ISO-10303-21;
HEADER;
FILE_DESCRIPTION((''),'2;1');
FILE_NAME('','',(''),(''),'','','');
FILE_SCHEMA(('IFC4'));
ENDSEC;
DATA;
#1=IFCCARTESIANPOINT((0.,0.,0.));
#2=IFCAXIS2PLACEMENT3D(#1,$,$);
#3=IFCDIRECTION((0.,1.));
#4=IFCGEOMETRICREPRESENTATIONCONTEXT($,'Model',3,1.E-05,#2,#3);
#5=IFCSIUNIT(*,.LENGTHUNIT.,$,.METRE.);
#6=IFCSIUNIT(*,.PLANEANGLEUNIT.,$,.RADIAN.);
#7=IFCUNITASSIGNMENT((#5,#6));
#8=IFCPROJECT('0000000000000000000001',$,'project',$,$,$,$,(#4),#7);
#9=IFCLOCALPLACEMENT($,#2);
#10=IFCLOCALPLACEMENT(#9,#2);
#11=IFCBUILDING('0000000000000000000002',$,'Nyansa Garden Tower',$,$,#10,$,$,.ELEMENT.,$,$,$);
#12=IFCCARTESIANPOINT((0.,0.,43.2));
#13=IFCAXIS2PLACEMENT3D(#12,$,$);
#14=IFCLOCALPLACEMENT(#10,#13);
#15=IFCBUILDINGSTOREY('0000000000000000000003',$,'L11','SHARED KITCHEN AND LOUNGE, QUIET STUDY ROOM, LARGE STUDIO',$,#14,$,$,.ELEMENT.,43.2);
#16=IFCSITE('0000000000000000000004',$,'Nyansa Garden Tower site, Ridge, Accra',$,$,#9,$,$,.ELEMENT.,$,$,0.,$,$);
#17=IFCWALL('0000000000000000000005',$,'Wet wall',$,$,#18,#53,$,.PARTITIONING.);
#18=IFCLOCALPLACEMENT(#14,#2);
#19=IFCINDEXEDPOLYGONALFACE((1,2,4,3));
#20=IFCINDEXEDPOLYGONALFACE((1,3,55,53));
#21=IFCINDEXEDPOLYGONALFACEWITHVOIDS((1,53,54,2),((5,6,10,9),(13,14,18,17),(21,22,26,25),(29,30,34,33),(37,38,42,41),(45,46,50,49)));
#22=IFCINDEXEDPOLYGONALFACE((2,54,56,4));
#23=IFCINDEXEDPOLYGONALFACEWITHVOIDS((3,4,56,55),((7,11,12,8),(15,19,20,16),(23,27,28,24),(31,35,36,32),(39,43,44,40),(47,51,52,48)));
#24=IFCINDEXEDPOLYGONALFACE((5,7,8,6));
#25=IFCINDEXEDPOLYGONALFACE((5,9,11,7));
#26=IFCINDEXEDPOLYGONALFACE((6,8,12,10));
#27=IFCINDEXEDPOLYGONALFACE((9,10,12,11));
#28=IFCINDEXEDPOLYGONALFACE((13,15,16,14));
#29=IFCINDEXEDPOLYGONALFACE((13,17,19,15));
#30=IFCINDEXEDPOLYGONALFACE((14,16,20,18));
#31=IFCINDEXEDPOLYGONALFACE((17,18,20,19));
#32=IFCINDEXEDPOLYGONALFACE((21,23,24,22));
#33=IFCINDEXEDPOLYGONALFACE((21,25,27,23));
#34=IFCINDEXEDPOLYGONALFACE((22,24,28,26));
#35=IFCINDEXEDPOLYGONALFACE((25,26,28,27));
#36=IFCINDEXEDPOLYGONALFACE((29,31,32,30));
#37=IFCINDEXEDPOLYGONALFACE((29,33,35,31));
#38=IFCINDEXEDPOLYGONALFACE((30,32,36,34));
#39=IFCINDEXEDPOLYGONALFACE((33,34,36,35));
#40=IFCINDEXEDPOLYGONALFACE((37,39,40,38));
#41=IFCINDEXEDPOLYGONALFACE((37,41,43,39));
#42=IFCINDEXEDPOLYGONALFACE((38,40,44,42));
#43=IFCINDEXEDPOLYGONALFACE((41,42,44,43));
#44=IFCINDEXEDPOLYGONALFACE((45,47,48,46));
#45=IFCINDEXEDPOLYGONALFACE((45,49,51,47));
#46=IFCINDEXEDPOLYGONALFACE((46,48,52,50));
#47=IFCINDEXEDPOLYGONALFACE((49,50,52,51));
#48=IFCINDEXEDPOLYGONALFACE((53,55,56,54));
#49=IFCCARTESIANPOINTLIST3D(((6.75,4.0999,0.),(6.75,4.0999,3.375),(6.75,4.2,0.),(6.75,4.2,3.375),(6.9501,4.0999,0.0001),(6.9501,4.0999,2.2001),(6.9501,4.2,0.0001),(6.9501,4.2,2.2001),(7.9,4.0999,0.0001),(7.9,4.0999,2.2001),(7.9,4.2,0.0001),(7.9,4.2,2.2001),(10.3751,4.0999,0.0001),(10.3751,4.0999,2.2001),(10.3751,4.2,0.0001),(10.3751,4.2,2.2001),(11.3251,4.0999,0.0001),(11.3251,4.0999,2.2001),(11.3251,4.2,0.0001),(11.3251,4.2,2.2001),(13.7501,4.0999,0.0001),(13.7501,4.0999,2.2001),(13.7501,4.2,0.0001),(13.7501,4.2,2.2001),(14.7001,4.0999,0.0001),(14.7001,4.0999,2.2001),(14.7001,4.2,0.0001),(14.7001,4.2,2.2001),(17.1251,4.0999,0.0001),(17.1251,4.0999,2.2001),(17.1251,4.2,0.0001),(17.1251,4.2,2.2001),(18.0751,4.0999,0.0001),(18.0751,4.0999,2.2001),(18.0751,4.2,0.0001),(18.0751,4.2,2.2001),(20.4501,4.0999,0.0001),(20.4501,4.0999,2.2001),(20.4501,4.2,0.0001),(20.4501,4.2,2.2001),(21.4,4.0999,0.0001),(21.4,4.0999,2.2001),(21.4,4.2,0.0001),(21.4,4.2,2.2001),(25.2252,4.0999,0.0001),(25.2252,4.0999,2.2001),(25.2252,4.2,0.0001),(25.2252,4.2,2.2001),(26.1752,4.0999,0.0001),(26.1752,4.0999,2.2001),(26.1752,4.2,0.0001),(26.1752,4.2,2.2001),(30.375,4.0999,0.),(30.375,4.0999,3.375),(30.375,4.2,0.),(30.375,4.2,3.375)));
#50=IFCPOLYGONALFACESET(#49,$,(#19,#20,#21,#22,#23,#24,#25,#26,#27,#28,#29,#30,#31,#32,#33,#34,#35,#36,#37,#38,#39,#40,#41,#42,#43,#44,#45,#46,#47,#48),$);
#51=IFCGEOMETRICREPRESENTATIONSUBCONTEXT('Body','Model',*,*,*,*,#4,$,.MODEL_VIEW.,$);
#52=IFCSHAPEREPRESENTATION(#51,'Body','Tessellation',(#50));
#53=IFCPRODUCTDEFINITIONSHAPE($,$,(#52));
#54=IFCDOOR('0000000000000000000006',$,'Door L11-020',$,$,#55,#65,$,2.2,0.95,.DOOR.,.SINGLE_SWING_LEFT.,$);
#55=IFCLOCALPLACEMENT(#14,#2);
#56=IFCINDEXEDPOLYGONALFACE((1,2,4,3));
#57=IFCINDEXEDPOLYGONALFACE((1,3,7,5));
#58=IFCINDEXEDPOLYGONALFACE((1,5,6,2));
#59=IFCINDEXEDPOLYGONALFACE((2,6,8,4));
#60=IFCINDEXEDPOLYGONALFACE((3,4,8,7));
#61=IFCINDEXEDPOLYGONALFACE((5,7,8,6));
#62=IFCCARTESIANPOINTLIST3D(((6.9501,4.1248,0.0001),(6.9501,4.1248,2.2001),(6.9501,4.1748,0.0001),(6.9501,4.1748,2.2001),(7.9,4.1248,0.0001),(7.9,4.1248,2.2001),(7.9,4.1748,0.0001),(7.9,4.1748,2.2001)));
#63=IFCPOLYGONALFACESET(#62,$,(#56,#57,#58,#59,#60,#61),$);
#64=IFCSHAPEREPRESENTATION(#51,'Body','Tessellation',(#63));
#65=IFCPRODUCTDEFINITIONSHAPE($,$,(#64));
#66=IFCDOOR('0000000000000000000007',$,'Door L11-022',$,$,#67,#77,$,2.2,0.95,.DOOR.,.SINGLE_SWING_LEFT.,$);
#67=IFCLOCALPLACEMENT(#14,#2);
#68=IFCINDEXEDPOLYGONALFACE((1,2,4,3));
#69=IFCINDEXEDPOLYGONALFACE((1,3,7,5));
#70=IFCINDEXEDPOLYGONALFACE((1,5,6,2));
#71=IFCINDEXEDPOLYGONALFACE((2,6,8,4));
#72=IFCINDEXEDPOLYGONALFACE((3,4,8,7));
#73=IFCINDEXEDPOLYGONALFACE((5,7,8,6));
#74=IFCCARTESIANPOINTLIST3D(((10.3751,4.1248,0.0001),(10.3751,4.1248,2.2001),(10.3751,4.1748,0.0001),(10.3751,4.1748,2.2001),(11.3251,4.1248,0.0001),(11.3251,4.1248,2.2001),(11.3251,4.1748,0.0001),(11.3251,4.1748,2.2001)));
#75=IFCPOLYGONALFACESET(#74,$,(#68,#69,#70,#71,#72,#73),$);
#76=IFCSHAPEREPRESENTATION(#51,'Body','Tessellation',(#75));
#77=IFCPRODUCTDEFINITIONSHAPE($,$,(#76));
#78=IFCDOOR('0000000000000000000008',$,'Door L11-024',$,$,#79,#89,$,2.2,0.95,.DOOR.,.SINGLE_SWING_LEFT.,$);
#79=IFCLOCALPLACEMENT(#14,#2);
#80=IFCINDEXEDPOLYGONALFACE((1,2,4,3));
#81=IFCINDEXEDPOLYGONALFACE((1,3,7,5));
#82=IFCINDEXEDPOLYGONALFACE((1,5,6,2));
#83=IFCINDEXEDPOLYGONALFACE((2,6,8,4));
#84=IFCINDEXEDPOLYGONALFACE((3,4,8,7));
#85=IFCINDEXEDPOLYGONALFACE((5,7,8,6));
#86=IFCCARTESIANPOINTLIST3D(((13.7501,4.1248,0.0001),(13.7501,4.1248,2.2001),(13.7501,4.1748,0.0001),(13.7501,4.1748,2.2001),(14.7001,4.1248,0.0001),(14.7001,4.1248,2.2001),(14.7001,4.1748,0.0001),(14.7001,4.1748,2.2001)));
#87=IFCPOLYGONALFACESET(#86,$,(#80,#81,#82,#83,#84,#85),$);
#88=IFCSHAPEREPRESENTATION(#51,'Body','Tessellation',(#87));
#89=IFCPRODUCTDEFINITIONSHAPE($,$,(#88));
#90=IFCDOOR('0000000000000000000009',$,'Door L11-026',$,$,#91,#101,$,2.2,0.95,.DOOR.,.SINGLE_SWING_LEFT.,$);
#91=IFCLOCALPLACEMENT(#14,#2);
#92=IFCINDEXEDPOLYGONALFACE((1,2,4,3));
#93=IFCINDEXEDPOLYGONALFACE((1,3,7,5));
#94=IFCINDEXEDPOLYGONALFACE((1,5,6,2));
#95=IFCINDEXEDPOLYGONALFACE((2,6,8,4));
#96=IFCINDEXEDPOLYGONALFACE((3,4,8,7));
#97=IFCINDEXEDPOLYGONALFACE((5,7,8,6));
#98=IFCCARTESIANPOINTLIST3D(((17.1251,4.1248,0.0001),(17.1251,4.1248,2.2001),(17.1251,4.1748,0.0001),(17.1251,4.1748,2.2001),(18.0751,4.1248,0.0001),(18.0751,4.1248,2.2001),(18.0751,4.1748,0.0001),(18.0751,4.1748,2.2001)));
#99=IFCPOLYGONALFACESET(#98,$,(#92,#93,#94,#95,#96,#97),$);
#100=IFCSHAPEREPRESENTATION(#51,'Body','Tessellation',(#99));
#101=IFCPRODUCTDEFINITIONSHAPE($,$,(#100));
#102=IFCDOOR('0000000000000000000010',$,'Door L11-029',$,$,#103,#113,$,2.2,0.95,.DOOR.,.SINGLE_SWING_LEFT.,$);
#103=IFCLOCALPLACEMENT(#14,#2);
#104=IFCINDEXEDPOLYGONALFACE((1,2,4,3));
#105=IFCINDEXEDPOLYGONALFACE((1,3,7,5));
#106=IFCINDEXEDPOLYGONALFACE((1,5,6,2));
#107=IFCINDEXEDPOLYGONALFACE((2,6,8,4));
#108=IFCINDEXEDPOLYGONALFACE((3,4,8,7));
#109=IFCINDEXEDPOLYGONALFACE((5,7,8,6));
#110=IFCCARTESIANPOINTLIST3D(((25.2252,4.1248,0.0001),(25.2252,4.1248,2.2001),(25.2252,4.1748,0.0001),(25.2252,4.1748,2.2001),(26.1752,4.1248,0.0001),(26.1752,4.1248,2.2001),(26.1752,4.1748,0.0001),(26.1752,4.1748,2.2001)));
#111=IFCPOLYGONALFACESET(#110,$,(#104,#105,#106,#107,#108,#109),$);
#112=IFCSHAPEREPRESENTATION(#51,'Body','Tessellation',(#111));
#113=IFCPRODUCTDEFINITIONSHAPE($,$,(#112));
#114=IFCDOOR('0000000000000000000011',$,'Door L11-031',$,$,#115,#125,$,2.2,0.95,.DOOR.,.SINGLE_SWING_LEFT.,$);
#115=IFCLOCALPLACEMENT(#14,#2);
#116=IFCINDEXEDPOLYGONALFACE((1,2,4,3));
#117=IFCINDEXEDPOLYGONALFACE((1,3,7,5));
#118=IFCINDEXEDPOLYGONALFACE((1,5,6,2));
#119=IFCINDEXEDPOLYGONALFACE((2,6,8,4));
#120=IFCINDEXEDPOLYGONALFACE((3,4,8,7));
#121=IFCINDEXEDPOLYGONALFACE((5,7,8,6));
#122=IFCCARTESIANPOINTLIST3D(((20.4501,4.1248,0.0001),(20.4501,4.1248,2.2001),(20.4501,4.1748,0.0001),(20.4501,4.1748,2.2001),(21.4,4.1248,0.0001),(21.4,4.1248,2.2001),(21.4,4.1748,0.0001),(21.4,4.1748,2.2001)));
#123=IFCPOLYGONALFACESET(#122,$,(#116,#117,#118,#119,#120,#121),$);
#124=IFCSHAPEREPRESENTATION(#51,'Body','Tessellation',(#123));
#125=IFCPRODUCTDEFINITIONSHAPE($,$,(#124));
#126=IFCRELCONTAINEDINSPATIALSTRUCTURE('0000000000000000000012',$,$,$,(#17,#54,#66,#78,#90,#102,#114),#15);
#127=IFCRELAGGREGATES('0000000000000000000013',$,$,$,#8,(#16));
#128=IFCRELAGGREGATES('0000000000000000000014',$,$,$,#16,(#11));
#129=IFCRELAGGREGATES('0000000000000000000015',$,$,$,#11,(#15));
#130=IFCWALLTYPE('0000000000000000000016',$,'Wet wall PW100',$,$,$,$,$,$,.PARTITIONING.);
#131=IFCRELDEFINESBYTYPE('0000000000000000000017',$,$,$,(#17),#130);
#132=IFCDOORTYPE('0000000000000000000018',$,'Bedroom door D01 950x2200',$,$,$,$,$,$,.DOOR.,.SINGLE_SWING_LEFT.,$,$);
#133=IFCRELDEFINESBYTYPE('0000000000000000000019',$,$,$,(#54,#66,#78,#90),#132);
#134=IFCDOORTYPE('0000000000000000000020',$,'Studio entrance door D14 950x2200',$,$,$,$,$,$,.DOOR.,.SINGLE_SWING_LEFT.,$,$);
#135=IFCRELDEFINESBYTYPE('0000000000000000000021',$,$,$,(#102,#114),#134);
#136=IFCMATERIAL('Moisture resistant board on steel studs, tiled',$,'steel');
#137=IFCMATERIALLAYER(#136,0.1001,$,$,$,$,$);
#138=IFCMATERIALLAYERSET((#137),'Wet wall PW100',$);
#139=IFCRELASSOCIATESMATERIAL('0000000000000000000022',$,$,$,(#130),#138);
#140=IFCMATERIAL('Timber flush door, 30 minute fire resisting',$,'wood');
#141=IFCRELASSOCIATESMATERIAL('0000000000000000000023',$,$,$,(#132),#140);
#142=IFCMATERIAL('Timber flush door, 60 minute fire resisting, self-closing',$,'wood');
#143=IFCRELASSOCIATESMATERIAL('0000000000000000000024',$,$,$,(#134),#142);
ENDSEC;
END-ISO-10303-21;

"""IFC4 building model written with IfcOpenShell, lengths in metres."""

from ifc_helpers import new_model, si_unit, direction, frame, frame_2d, origin, place, context, subcontext, project, spatial, rectangle, extrude, material, layer, layer_set, type_object, element, fill, save


model = new_model("IFC4")

# Units and contexts
model_context = context("Model", 3, precision=1e-05, world=origin(), true_north=direction((0.0, 1.0)))
body_context = subcontext(model_context, "Body", "Model", "MODEL_VIEW")
ifc_project = project(units=[si_unit("LENGTHUNIT", "METRE"), si_unit("PLANEANGLEUNIT", "RADIAN")], contexts=[model_context])

# Site, building, storey
site_placement = place(None, origin())
site = spatial("IfcSite", under=ifc_project, at=site_placement, Name="Nyansa Garden Tower site, Ridge, Accra", CompositionType="ELEMENT", RefElevation=0.0)
building_placement = place(site_placement, origin())
building = spatial("IfcBuilding", under=site, at=building_placement, Name="Nyansa Garden Tower", CompositionType="ELEMENT")
storey_placement = place(building_placement, frame((0.0, 0.0, 43.2)))
storey = spatial("IfcBuildingStorey", under=building, at=storey_placement, Name="L11", Description="SHARED KITCHEN AND LOUNGE, QUIET STUDY ROOM, LARGE STUDIO", CompositionType="ELEMENT", Elevation=43.2)

# Wall, openings, doors
ifc_material_1 = material(Name="Moisture resistant board on steel studs, tiled", Category="steel")
ifc_layer_1 = layer(ifc_material_1, 0.1001)
ifc_layer_set_1 = layer_set([ifc_layer_1], Name="Wet wall PW100")
wall_type_1 = type_object("IfcWallType", Name="Wet wall PW100", PredefinedType="PARTITIONING", material=ifc_layer_set_1)
wall_1_placement = place(storey_placement, frame((6.75, 4.1499, 0.0), z_axis=(0.0, 0.0, 1.0), x_axis=(1.0, 0.0, 0.0)))
wall_1 = element("IfcWall", 1, at=wall_1_placement, inside=storey, type_object=wall_type_1, Name="Wet wall", PredefinedType="PARTITIONING", context=body_context, shape_type="SweptSolid", body=[
    extrude(rectangle(XDim=23.625, YDim=0.1001, at=frame_2d((11.8125, 0.0))), origin(), (0.0, 0.0, 1.0), 3.375),
])
opening_1_placement = place(wall_1_placement, frame((0.2, 0.0, 0.0)))
opening_1 = element("IfcOpeningElement", 2, at=opening_1_placement, cuts=wall_1, PredefinedType="OPENING", context=body_context, shape_type="SweptSolid", body=[
    extrude(rectangle(XDim=0.95, YDim=2.2, at=frame_2d((0.4751, 1.1001))), frame((0.0, 0.0601, 0.0), z_axis=(0.0, -1.0, 0.0), x_axis=(1.0, 0.0, 0.0)), (0.0, 0.0, 1.0), 0.1201),
])
opening_2_placement = place(wall_1_placement, frame((3.625, 0.0, 0.0)))
opening_2 = element("IfcOpeningElement", 3, at=opening_2_placement, cuts=wall_1, PredefinedType="OPENING", context=body_context, shape_type="SweptSolid", body=[
    extrude(rectangle(XDim=0.95, YDim=2.2, at=frame_2d((0.4751, 1.1001))), frame((0.0, 0.0601, 0.0), z_axis=(0.0, -1.0, 0.0), x_axis=(1.0, 0.0, 0.0)), (0.0, 0.0, 1.0), 0.1201),
])
opening_3_placement = place(wall_1_placement, frame((7.0, 0.0, 0.0)))
opening_3 = element("IfcOpeningElement", 4, at=opening_3_placement, cuts=wall_1, PredefinedType="OPENING", context=body_context, shape_type="SweptSolid", body=[
    extrude(rectangle(XDim=0.95, YDim=2.2, at=frame_2d((0.4751, 1.1001))), frame((0.0, 0.0601, 0.0), z_axis=(0.0, -1.0, 0.0), x_axis=(1.0, 0.0, 0.0)), (0.0, 0.0, 1.0), 0.1201),
])
opening_4_placement = place(wall_1_placement, frame((10.375, 0.0, 0.0)))
opening_4 = element("IfcOpeningElement", 5, at=opening_4_placement, cuts=wall_1, PredefinedType="OPENING", context=body_context, shape_type="SweptSolid", body=[
    extrude(rectangle(XDim=0.95, YDim=2.2, at=frame_2d((0.4751, 1.1001))), frame((0.0, 0.0601, 0.0), z_axis=(0.0, -1.0, 0.0), x_axis=(1.0, 0.0, 0.0)), (0.0, 0.0, 1.0), 0.1201),
])
opening_5_placement = place(wall_1_placement, frame((18.4751, 0.0, 0.0)))
opening_5 = element("IfcOpeningElement", 6, at=opening_5_placement, cuts=wall_1, PredefinedType="OPENING", context=body_context, shape_type="SweptSolid", body=[
    extrude(rectangle(XDim=0.95, YDim=2.2, at=frame_2d((0.4751, 1.1001))), frame((0.0, 0.0601, 0.0), z_axis=(0.0, -1.0, 0.0), x_axis=(1.0, 0.0, 0.0)), (0.0, 0.0, 1.0), 0.1201),
])
opening_6_placement = place(wall_1_placement, frame((13.7, 0.0, 0.0)))
opening_6 = element("IfcOpeningElement", 7, at=opening_6_placement, cuts=wall_1, PredefinedType="OPENING", context=body_context, shape_type="SweptSolid", body=[
    extrude(rectangle(XDim=0.95, YDim=2.2, at=frame_2d((0.4751, 1.1001))), frame((0.0, 0.0601, 0.0), z_axis=(0.0, -1.0, 0.0), x_axis=(1.0, 0.0, 0.0)), (0.0, 0.0, 1.0), 0.1201),
])
ifc_material_2 = material(Name="Timber flush door, 30 minute fire resisting", Category="wood")
door_type_1 = type_object("IfcDoorType", Name="Bedroom door D01 950x2200", OperationType="SINGLE_SWING_LEFT", PredefinedType="DOOR", material=ifc_material_2)
door_1_placement = place(opening_1_placement, origin())
door_1 = element("IfcDoor", 8, at=door_1_placement, inside=storey, type_object=door_type_1, Name="Door L11-020", OperationType="SINGLE_SWING_LEFT", OverallHeight=2.2, OverallWidth=0.95, PredefinedType="DOOR", context=body_context, shape_type="SweptSolid", body=[
    extrude(rectangle(XDim=0.95, YDim=2.2, at=frame_2d((0.4751, 1.1001))), frame((0.0, 0.0249, 0.0), z_axis=(0.0, -1.0, 0.0), x_axis=(1.0, 0.0, 0.0)), (0.0, 0.0, 1.0), 0.05),
])
fill(opening_1, door_1)
door_2_placement = place(opening_2_placement, origin())
door_2 = element("IfcDoor", 9, at=door_2_placement, inside=storey, type_object=door_type_1, Name="Door L11-022", OperationType="SINGLE_SWING_LEFT", OverallHeight=2.2, OverallWidth=0.95, PredefinedType="DOOR", context=body_context, shape_type="SweptSolid", body=[
    extrude(rectangle(XDim=0.95, YDim=2.2, at=frame_2d((0.4751, 1.1001))), frame((0.0, 0.0249, 0.0), z_axis=(0.0, -1.0, 0.0), x_axis=(1.0, 0.0, 0.0)), (0.0, 0.0, 1.0), 0.05),
])
fill(opening_2, door_2)
door_3_placement = place(opening_3_placement, origin())
door_3 = element("IfcDoor", 10, at=door_3_placement, inside=storey, type_object=door_type_1, Name="Door L11-024", OperationType="SINGLE_SWING_LEFT", OverallHeight=2.2, OverallWidth=0.95, PredefinedType="DOOR", context=body_context, shape_type="SweptSolid", body=[
    extrude(rectangle(XDim=0.95, YDim=2.2, at=frame_2d((0.4751, 1.1001))), frame((0.0, 0.0249, 0.0), z_axis=(0.0, -1.0, 0.0), x_axis=(1.0, 0.0, 0.0)), (0.0, 0.0, 1.0), 0.05),
])
fill(opening_3, door_3)
door_4_placement = place(opening_4_placement, origin())
door_4 = element("IfcDoor", 11, at=door_4_placement, inside=storey, type_object=door_type_1, Name="Door L11-026", OperationType="SINGLE_SWING_LEFT", OverallHeight=2.2, OverallWidth=0.95, PredefinedType="DOOR", context=body_context, shape_type="SweptSolid", body=[
    extrude(rectangle(XDim=0.95, YDim=2.2, at=frame_2d((0.4751, 1.1001))), frame((0.0, 0.0249, 0.0), z_axis=(0.0, -1.0, 0.0), x_axis=(1.0, 0.0, 0.0)), (0.0, 0.0, 1.0), 0.05),
])
fill(opening_4, door_4)
ifc_material_3 = material(Name="Timber flush door, 60 minute fire resisting, self-closing", Category="wood")
door_type_2 = type_object("IfcDoorType", Name="Studio entrance door D14 950x2200", OperationType="SINGLE_SWING_LEFT", PredefinedType="DOOR", material=ifc_material_3)
door_5_placement = place(opening_5_placement, origin())
door_5 = element("IfcDoor", 12, at=door_5_placement, inside=storey, type_object=door_type_2, Name="Door L11-029", OperationType="SINGLE_SWING_LEFT", OverallHeight=2.2, OverallWidth=0.95, PredefinedType="DOOR", context=body_context, shape_type="SweptSolid", body=[
    extrude(rectangle(XDim=0.95, YDim=2.2, at=frame_2d((0.4751, 1.1001))), frame((0.0, 0.0249, 0.0), z_axis=(0.0, -1.0, 0.0), x_axis=(1.0, 0.0, 0.0)), (0.0, 0.0, 1.0), 0.05),
])
fill(opening_5, door_5)
door_6_placement = place(opening_6_placement, origin())
door_6 = element("IfcDoor", 13, at=door_6_placement, inside=storey, type_object=door_type_2, Name="Door L11-031", OperationType="SINGLE_SWING_LEFT", OverallHeight=2.2, OverallWidth=0.95, PredefinedType="DOOR", context=body_context, shape_type="SweptSolid", body=[
    extrude(rectangle(XDim=0.95, YDim=2.2, at=frame_2d((0.4751, 1.1001))), frame((0.0, 0.0249, 0.0), z_axis=(0.0, -1.0, 0.0), x_axis=(1.0, 0.0, 0.0)), (0.0, 0.0, 1.0), 0.05),
])
fill(opening_6, door_6)

save(model, "model.ifc")
